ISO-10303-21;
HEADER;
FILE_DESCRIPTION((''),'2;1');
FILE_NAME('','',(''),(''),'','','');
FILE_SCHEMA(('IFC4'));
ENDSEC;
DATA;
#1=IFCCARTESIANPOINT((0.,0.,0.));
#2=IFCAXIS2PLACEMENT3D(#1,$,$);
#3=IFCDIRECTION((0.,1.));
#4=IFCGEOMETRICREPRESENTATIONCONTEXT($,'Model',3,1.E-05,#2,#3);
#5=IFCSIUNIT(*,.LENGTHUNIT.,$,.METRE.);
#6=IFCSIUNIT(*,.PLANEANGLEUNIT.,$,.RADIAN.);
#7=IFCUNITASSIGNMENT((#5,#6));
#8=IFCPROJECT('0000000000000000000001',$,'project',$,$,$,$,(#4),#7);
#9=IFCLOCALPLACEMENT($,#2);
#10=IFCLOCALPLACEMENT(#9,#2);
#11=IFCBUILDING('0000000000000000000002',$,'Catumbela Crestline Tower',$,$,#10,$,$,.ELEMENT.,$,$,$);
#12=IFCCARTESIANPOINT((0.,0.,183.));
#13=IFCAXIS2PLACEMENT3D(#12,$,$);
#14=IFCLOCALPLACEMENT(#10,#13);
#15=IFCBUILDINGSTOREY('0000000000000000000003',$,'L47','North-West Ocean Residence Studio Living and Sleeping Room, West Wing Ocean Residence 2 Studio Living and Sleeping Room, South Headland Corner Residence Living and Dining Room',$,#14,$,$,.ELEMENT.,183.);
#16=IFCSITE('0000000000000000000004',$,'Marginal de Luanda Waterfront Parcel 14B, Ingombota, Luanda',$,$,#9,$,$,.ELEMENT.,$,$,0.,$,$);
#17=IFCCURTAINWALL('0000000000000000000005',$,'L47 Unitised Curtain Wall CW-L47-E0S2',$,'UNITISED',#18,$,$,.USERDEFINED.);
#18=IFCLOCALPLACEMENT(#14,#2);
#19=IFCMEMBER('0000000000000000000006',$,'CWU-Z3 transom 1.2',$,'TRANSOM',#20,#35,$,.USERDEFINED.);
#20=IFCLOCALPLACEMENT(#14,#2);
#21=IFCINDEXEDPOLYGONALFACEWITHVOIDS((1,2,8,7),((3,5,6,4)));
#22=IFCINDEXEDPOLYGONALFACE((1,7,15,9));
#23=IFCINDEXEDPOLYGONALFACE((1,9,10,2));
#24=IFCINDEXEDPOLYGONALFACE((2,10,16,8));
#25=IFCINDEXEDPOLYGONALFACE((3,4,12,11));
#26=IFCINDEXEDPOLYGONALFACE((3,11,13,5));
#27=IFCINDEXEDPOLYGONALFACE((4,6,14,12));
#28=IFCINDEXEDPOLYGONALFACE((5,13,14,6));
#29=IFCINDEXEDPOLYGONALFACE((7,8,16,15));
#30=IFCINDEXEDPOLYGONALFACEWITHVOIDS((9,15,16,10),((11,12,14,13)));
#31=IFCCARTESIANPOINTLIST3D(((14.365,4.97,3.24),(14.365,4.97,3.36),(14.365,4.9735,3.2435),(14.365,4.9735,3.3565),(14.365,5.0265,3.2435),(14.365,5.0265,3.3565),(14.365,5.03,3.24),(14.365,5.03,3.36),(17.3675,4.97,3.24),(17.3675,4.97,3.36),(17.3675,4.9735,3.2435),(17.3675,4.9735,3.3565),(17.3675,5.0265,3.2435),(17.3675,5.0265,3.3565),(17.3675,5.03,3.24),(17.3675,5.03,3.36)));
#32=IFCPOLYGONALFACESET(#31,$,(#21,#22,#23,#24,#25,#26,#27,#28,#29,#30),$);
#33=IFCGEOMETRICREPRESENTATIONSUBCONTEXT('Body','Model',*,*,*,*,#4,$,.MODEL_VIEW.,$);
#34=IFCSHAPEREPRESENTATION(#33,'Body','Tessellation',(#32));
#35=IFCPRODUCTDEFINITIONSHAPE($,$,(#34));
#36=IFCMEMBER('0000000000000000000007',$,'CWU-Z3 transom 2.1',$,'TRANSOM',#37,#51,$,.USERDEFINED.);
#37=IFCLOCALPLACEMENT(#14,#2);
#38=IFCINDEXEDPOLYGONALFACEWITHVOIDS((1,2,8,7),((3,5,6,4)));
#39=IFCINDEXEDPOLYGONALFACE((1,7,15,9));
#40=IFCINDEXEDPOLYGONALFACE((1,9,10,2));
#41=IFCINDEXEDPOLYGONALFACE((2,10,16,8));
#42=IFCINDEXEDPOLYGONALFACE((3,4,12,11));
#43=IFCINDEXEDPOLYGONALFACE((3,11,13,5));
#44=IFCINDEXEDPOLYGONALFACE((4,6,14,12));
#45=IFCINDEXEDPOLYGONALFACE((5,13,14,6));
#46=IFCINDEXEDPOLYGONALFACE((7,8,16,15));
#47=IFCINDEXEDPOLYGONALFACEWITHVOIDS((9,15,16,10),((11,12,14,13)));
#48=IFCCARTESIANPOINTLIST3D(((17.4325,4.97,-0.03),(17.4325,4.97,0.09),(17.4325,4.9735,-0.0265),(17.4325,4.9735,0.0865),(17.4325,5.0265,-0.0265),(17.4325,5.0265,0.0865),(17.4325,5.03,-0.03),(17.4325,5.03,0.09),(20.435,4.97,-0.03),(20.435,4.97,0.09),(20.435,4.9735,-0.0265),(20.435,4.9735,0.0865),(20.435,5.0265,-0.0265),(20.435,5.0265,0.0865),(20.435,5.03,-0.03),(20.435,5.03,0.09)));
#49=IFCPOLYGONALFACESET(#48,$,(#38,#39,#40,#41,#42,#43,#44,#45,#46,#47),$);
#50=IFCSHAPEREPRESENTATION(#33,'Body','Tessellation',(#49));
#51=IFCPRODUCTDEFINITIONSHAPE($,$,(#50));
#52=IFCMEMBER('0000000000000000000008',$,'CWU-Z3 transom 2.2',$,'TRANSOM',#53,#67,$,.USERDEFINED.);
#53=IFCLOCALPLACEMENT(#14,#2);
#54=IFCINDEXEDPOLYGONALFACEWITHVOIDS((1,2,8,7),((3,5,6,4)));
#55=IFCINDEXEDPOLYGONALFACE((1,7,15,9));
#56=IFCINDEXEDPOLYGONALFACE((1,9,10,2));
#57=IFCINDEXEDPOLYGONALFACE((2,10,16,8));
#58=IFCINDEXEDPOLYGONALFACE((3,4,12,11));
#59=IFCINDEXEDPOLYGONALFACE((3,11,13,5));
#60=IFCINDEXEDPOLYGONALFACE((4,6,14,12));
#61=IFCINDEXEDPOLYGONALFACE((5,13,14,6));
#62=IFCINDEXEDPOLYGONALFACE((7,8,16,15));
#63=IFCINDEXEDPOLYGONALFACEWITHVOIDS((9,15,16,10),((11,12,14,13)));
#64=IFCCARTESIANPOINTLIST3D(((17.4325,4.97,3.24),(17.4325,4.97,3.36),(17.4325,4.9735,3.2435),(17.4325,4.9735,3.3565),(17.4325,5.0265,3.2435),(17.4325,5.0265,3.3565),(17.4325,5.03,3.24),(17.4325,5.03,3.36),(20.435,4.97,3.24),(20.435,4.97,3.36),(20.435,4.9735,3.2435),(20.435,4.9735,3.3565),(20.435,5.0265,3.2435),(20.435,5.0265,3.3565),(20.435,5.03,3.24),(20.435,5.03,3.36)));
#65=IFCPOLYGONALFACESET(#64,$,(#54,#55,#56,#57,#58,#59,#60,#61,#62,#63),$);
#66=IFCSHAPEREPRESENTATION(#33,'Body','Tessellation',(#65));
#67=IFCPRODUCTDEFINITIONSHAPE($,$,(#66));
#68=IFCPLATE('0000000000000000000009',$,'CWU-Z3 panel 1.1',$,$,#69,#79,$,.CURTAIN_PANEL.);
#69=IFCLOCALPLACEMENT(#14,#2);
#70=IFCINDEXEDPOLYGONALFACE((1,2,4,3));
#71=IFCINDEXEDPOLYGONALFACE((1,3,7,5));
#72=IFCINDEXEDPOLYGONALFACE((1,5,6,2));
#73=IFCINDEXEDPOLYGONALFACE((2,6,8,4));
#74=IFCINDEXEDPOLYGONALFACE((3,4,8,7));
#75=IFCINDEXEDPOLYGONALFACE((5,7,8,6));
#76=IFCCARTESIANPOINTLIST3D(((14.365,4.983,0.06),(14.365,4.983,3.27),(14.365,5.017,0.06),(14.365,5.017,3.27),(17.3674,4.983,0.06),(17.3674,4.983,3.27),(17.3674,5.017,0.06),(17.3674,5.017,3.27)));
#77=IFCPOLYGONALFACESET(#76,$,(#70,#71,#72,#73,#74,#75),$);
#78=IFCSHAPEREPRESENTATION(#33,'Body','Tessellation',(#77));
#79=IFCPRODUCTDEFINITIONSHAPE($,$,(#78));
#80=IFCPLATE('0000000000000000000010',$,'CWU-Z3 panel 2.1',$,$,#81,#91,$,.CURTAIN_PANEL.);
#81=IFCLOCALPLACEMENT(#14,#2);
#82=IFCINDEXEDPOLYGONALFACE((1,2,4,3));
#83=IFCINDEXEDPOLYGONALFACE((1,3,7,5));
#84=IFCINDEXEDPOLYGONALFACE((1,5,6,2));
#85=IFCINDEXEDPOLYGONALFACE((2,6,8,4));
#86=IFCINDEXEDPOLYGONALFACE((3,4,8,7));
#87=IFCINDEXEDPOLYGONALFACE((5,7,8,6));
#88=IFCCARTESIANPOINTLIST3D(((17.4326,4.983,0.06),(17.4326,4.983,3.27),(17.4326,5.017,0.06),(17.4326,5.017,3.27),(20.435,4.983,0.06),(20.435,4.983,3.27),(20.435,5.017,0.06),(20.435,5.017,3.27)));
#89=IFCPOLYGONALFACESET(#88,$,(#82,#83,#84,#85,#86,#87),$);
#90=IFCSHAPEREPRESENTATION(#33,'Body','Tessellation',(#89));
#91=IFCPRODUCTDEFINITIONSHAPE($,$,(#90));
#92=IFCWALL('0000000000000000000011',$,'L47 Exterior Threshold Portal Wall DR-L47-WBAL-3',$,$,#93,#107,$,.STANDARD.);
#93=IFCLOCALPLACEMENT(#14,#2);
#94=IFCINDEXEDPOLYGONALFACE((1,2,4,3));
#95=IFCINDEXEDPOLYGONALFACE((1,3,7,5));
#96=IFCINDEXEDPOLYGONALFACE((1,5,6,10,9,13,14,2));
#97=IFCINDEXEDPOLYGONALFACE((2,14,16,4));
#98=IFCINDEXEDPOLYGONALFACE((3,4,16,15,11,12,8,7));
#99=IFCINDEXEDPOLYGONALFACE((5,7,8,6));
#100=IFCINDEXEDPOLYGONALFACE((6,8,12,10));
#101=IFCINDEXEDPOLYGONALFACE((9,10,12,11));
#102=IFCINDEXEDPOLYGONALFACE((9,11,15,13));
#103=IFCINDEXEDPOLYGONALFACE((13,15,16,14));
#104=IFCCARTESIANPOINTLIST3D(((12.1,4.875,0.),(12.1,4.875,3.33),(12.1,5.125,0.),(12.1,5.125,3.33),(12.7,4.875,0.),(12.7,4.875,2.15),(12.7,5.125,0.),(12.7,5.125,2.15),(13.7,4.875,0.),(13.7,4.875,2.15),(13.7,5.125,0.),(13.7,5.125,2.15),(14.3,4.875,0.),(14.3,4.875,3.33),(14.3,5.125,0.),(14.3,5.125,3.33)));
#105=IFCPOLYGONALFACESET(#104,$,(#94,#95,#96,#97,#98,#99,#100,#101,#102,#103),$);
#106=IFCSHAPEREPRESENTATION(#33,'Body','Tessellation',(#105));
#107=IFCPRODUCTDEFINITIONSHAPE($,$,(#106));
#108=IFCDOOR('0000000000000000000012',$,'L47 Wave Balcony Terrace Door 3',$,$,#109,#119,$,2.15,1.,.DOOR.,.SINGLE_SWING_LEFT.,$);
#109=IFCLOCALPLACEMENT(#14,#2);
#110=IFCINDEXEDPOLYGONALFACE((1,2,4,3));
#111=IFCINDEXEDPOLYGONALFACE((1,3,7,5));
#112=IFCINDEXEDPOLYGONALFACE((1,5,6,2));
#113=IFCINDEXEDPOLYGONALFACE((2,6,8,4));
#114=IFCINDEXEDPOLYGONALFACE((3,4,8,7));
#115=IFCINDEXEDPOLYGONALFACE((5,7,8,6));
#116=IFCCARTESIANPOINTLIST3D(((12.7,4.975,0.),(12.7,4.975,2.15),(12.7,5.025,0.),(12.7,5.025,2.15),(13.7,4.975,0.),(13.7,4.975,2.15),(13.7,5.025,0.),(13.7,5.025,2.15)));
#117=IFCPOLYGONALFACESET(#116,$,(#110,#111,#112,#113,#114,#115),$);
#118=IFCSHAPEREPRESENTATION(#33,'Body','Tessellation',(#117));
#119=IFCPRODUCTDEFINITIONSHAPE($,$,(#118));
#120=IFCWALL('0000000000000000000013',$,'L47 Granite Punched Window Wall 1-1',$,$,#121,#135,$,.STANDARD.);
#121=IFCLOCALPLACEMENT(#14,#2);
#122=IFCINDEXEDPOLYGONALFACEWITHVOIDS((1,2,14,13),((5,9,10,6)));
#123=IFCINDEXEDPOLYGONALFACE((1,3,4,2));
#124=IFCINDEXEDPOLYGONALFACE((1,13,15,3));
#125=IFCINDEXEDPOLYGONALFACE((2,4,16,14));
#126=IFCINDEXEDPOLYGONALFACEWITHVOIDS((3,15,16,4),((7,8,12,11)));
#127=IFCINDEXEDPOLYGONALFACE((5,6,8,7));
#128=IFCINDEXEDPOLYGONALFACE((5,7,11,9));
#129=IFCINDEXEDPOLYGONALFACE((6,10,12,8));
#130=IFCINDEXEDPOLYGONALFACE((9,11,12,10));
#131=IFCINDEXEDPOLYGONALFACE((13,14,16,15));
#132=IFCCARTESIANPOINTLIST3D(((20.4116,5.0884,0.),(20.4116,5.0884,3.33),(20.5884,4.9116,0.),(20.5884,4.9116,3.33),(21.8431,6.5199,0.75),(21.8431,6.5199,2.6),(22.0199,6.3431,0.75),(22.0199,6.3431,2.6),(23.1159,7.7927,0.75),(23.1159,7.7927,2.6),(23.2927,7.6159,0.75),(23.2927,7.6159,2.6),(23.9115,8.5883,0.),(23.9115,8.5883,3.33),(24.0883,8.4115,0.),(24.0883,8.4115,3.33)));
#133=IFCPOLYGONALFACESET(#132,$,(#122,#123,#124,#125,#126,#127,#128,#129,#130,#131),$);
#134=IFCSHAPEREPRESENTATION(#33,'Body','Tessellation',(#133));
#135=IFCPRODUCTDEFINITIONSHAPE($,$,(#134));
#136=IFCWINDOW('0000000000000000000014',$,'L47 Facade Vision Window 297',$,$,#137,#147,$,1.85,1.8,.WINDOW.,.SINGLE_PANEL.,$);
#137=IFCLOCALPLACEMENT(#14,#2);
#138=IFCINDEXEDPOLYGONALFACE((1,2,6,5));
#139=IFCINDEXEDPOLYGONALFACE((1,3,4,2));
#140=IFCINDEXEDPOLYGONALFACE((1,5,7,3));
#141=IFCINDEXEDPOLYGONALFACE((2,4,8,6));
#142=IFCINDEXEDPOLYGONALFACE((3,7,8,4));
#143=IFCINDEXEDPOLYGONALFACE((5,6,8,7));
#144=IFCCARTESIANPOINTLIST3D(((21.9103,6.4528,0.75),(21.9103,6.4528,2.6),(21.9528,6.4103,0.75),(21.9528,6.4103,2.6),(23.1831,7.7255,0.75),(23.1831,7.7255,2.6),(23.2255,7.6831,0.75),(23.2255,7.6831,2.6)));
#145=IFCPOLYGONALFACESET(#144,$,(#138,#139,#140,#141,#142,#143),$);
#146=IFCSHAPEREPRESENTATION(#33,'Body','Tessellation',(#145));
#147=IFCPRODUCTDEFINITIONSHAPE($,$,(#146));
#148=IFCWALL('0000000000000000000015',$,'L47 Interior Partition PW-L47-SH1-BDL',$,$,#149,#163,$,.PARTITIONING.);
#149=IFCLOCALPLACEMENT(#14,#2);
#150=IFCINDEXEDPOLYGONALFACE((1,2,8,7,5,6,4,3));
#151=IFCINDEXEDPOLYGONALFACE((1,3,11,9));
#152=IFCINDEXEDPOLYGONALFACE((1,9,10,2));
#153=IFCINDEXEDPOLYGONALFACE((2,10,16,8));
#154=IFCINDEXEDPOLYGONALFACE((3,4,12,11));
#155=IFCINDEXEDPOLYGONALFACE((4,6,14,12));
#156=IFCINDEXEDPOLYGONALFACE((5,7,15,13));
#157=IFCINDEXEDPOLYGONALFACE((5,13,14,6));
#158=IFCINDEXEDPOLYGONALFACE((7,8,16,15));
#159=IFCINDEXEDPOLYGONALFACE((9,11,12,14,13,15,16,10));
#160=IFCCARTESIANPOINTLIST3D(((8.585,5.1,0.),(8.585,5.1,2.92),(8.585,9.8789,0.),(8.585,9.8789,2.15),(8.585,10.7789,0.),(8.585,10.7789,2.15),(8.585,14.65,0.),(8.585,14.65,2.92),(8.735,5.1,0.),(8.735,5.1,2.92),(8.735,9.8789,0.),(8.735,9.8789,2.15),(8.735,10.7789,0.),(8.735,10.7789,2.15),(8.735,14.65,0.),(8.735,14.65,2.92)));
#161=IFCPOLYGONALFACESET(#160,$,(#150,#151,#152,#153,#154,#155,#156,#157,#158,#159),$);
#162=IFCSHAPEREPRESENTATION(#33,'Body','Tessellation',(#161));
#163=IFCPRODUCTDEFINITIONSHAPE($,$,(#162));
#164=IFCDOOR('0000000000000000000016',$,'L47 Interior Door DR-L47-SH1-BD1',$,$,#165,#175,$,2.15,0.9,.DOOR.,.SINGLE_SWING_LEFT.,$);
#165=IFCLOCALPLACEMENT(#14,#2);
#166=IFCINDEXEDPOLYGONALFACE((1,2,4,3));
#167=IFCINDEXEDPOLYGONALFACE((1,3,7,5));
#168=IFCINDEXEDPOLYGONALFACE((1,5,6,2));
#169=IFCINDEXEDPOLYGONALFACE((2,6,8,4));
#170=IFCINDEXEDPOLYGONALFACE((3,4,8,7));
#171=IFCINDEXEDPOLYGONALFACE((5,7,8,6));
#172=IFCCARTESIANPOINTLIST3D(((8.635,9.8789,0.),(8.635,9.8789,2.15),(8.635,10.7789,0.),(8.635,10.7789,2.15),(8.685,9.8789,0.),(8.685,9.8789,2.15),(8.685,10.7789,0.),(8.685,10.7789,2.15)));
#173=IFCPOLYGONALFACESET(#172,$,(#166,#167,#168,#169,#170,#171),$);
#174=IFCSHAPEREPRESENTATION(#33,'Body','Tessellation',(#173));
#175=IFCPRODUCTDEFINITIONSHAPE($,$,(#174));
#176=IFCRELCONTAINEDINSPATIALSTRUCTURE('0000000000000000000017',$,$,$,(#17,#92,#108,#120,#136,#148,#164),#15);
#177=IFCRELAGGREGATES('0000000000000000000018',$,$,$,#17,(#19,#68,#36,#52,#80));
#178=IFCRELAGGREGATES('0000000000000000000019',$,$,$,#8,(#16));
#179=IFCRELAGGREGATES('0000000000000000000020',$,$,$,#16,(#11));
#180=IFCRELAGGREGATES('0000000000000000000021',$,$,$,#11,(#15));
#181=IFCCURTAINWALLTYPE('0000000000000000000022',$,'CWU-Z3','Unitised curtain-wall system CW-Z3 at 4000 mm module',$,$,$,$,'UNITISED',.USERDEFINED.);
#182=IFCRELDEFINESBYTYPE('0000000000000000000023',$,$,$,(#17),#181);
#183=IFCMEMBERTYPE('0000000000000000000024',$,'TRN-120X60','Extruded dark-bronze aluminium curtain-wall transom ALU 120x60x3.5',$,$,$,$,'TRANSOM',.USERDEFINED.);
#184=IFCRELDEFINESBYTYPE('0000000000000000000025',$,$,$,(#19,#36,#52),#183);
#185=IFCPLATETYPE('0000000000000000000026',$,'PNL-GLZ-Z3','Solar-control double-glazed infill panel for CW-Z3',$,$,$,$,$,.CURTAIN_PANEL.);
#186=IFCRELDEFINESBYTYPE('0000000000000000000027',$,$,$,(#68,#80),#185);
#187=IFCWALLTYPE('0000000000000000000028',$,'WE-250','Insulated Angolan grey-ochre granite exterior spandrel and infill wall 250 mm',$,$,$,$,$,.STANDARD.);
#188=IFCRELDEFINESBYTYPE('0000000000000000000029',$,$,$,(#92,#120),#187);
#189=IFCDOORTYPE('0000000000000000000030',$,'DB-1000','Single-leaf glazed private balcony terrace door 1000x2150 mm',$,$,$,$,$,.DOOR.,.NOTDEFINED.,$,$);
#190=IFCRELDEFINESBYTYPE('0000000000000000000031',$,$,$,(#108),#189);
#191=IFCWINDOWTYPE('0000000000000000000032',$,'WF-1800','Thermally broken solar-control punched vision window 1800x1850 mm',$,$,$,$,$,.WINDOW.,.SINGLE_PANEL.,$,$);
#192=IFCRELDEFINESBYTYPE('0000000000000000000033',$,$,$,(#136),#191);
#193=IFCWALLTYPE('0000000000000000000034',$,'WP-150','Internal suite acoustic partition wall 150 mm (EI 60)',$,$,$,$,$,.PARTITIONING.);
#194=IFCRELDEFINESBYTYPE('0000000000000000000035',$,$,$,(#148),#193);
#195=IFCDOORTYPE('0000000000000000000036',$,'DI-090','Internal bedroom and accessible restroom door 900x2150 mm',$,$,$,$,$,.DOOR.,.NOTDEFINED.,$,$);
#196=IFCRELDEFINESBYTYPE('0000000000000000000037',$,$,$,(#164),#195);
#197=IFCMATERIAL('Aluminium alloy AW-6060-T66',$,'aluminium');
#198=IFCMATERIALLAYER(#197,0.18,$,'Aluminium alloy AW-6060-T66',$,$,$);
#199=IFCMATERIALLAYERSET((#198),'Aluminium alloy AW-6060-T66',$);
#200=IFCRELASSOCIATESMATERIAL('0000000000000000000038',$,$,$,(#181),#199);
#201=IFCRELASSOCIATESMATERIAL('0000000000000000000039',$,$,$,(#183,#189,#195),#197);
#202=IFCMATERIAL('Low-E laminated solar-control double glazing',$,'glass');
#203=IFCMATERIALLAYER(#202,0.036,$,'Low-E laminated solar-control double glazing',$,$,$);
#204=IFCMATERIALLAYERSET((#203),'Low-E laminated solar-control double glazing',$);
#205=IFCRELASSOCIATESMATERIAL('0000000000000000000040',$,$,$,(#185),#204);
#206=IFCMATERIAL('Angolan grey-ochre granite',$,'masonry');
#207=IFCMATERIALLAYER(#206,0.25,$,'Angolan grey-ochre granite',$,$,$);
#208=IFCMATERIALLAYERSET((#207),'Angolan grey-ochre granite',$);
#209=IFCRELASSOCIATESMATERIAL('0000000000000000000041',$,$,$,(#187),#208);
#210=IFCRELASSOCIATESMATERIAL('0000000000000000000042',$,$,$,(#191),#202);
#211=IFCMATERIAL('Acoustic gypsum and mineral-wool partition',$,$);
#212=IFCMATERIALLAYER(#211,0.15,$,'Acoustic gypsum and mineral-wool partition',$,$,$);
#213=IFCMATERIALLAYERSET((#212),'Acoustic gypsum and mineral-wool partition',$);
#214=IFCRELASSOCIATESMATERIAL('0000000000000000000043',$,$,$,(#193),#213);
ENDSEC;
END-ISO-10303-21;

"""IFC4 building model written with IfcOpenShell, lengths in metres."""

from ifc_helpers import new_model, si_unit, direction, frame, frame_2d, origin, origin_2d, place, context, subcontext, project, spatial, rectangle, hollow_rectangle, extrude, material, layer, layer_set, material_profile, profile_set, type_object, element, fill, aggregate, save


model = new_model("IFC4")

# Units and contexts
model_context = context("Model", 3, precision=1e-05, world=origin(), true_north=direction((0.0, 1.0)))
body_context = subcontext(model_context, "Body", "Model", "MODEL_VIEW")
ifc_project = project(units=[si_unit("LENGTHUNIT", "METRE"), si_unit("PLANEANGLEUNIT", "RADIAN")], contexts=[model_context])

# Site, building, storey
site_placement = place(None, origin())
site = spatial("IfcSite", under=ifc_project, at=site_placement, Name="Marginal de Luanda Waterfront Parcel 14B, Ingombota, Luanda", CompositionType="ELEMENT", RefElevation=0.0)
building_placement = place(site_placement, origin())
building = spatial("IfcBuilding", under=site, at=building_placement, Name="Catumbela Crestline Tower", CompositionType="ELEMENT")
storey_placement = place(building_placement, frame((0.0, 0.0, 183.0)))
storey = spatial("IfcBuildingStorey", under=building, at=storey_placement, Name="L47", Description="North-West Ocean Residence Studio Living and Sleeping Room, West Wing Ocean Residence 2 Studio Living and Sleeping Room, South Headland Corner Residence Living and Dining Room", CompositionType="ELEMENT", Elevation=183.0)

# Curtain wall, members, plates
ifc_material_1 = material(Name="Aluminium alloy AW-6060-T66", Category="aluminium")
ifc_layer_1 = layer(ifc_material_1, 0.18, Name="Aluminium alloy AW-6060-T66")
ifc_layer_set_1 = layer_set([ifc_layer_1], Name="Aluminium alloy AW-6060-T66")
curtain_wall_type = type_object("IfcCurtainWallType", Name="CWU-Z3", Description="Unitised curtain-wall system CW-Z3 at 4000 mm module", ElementType="UNITISED", PredefinedType="USERDEFINED", material=ifc_layer_set_1)
curtain_wall_placement = place(storey_placement, origin())
curtain_wall = element("IfcCurtainWall", 1, at=curtain_wall_placement, inside=storey, type_object=curtain_wall_type, Name="L47 Unitised Curtain Wall CW-L47-E0S2", ObjectType="UNITISED", PredefinedType="USERDEFINED")
ifc_material_profile_1 = material_profile(ifc_material_1, hollow_rectangle(XDim=0.06, YDim=0.12, WallThickness=0.0035, at=origin_2d()), Name="ALU 120x60x3.5")
ifc_profile_set_1 = profile_set([ifc_material_profile_1], Name="Aluminium alloy AW-6060-T66")
member_type_1 = type_object("IfcMemberType", Name="TRN-120X60", Description="Extruded dark-bronze aluminium curtain-wall transom ALU 120x60x3.5", ElementType="TRANSOM", PredefinedType="USERDEFINED", material=ifc_profile_set_1)
member_1_placement = place(storey_placement, frame((14.365, 5.0, 3.3), z_axis=(1.0, 0.0, 0.0), x_axis=(0.0, 1.0, 0.0)))
member_1 = element("IfcMember", 2, at=member_1_placement, type_object=member_type_1, Name="CWU-Z3 transom 1.2", ObjectType="TRANSOM", PredefinedType="USERDEFINED", context=body_context, shape_type="SweptSolid", body=[
    extrude(hollow_rectangle(XDim=0.06, YDim=0.12, WallThickness=0.0035, at=origin_2d()), origin(), (0.0, 0.0, 1.0), 3.0025),
])
member_2_placement = place(storey_placement, frame((17.4325, 5.0, 0.03), z_axis=(1.0, 0.0, 0.0), x_axis=(0.0, 1.0, 0.0)))
member_2 = element("IfcMember", 3, at=member_2_placement, type_object=member_type_1, Name="CWU-Z3 transom 2.1", ObjectType="TRANSOM", PredefinedType="USERDEFINED", context=body_context, shape_type="SweptSolid", body=[
    extrude(hollow_rectangle(XDim=0.06, YDim=0.12, WallThickness=0.0035, at=origin_2d()), origin(), (0.0, 0.0, 1.0), 3.0025),
])
member_3_placement = place(storey_placement, frame((17.4325, 5.0, 3.3), z_axis=(1.0, 0.0, 0.0), x_axis=(0.0, 1.0, 0.0)))
member_3 = element("IfcMember", 4, at=member_3_placement, type_object=member_type_1, Name="CWU-Z3 transom 2.2", ObjectType="TRANSOM", PredefinedType="USERDEFINED", context=body_context, shape_type="SweptSolid", body=[
    extrude(hollow_rectangle(XDim=0.06, YDim=0.12, WallThickness=0.0035, at=origin_2d()), origin(), (0.0, 0.0, 1.0), 3.0025),
])
ifc_material_2 = material(Name="Low-E laminated solar-control double glazing", Category="glass")
ifc_layer_2 = layer(ifc_material_2, 0.036, Name="Low-E laminated solar-control double glazing")
ifc_layer_set_2 = layer_set([ifc_layer_2], Name="Low-E laminated solar-control double glazing")
plate_type = type_object("IfcPlateType", Name="PNL-GLZ-Z3", Description="Solar-control double-glazed infill panel for CW-Z3", PredefinedType="CURTAIN_PANEL", material=ifc_layer_set_2)
plate_1_placement = place(storey_placement, frame((15.8662, 5.0, 0.06), z_axis=(0.0, 0.0, 1.0), x_axis=(1.0, 0.0, 0.0)))
plate_1 = element("IfcPlate", 5, at=plate_1_placement, type_object=plate_type, Name="CWU-Z3 panel 1.1", PredefinedType="CURTAIN_PANEL", context=body_context, shape_type="SweptSolid", body=[
    extrude(rectangle(XDim=3.0025, YDim=0.034, at=origin_2d()), origin(), (0.0, 0.0, 1.0), 3.21),
])
plate_2_placement = place(storey_placement, frame((18.9338, 5.0, 0.06), z_axis=(0.0, 0.0, 1.0), x_axis=(1.0, 0.0, 0.0)))
plate_2 = element("IfcPlate", 6, at=plate_2_placement, type_object=plate_type, Name="CWU-Z3 panel 2.1", PredefinedType="CURTAIN_PANEL", context=body_context, shape_type="SweptSolid", body=[
    extrude(rectangle(XDim=3.0025, YDim=0.034, at=origin_2d()), origin(), (0.0, 0.0, 1.0), 3.21),
])
aggregate(curtain_wall, [member_1, plate_1, member_2, member_3, plate_2])

# Wall, opening, door
ifc_material_3 = material(Name="Angolan grey-ochre granite", Category="masonry")
ifc_layer_3 = layer(ifc_material_3, 0.25, Name="Angolan grey-ochre granite")
ifc_layer_set_3 = layer_set([ifc_layer_3], Name="Angolan grey-ochre granite")
wall_type_1 = type_object("IfcWallType", Name="WE-250", Description="Insulated Angolan grey-ochre granite exterior spandrel and infill wall 250 mm", PredefinedType="STANDARD", material=ifc_layer_set_3)
wall_1_placement = place(storey_placement, frame((12.1, 5.0, 0.0), z_axis=(0.0, 0.0, 1.0), x_axis=(1.0, 0.0, 0.0)))
wall_1 = element("IfcWall", 7, at=wall_1_placement, inside=storey, type_object=wall_type_1, Name="L47 Exterior Threshold Portal Wall DR-L47-WBAL-3", PredefinedType="STANDARD", context=body_context, shape_type="SweptSolid", body=[
    extrude(rectangle(XDim=2.2, YDim=0.25, at=frame_2d((1.1, 0.0))), origin(), (0.0, 0.0, 1.0), 3.33),
])
opening_1_placement = place(wall_1_placement, frame((0.6, 0.0, 0.0)))
opening_1 = element("IfcOpeningElement", 8, at=opening_1_placement, cuts=wall_1, PredefinedType="OPENING", context=body_context, shape_type="SweptSolid", body=[
    extrude(rectangle(XDim=1.0, YDim=2.15, at=frame_2d((0.5, 1.075))), frame((0.0, 0.135, 0.0), z_axis=(0.0, -1.0, 0.0), x_axis=(1.0, 0.0, 0.0)), (0.0, 0.0, 1.0), 0.27),
])
door_type_1 = type_object("IfcDoorType", Name="DB-1000", Description="Single-leaf glazed private balcony terrace door 1000x2150 mm", OperationType="NOTDEFINED", PredefinedType="DOOR", material=ifc_material_1)
door_1_placement = place(opening_1_placement, origin())
door_1 = element("IfcDoor", 9, at=door_1_placement, inside=storey, type_object=door_type_1, Name="L47 Wave Balcony Terrace Door 3", OperationType="SINGLE_SWING_LEFT", OverallHeight=2.15, OverallWidth=1.0, PredefinedType="DOOR", context=body_context, shape_type="SweptSolid", body=[
    extrude(rectangle(XDim=1.0, YDim=2.15, at=frame_2d((0.5, 1.075))), frame((0.0, 0.025, 0.0), z_axis=(0.0, -1.0, 0.0), x_axis=(1.0, 0.0, 0.0)), (0.0, 0.0, 1.0), 0.05),
])
fill(opening_1, door_1)

# Wall, opening, window
wall_2_placement = place(storey_placement, frame((20.5, 5.0, 0.0), z_axis=(0.0, 0.0, 1.0), x_axis=(0.707107, 0.707107, 0.0)))
wall_2 = element("IfcWall", 10, at=wall_2_placement, inside=storey, type_object=wall_type_1, Name="L47 Granite Punched Window Wall 1-1", PredefinedType="STANDARD", context=body_context, shape_type="SweptSolid", body=[
    extrude(rectangle(XDim=4.9497, YDim=0.25, at=frame_2d((2.4748, 0.0))), origin(), (0.0, 0.0, 1.0), 3.33),
])
opening_2_placement = place(wall_2_placement, frame((2.0245, 0.0, 0.75)))
opening_2 = element("IfcOpeningElement", 11, at=opening_2_placement, cuts=wall_2, PredefinedType="OPENING", context=body_context, shape_type="SweptSolid", body=[
    extrude(rectangle(XDim=1.8, YDim=1.85, at=frame_2d((0.9, 0.925))), frame((0.0, 0.135, 0.0), z_axis=(0.0, -1.0, 0.0), x_axis=(1.0, 0.0, 0.0)), (0.0, 0.0, 1.0), 0.27),
])
window_type = type_object("IfcWindowType", Name="WF-1800", Description="Thermally broken solar-control punched vision window 1800x1850 mm", PartitioningType="SINGLE_PANEL", PredefinedType="WINDOW", material=ifc_material_2)
window_placement = place(opening_2_placement, origin())
window = element("IfcWindow", 12, at=window_placement, inside=storey, type_object=window_type, Name="L47 Facade Vision Window 297", OverallHeight=1.85, OverallWidth=1.8, PartitioningType="SINGLE_PANEL", PredefinedType="WINDOW", context=body_context, shape_type="SweptSolid", body=[
    extrude(rectangle(XDim=1.8, YDim=1.85, at=frame_2d((0.9, 0.925))), frame((0.0, 0.03, 0.0), z_axis=(0.0, -1.0, 0.0), x_axis=(1.0, 0.0, 0.0)), (0.0, 0.0, 1.0), 0.06),
])
fill(opening_2, window)

# Wall, opening, door
ifc_material_4 = material(Name="Acoustic gypsum and mineral-wool partition")
ifc_layer_4 = layer(ifc_material_4, 0.15, Name="Acoustic gypsum and mineral-wool partition")
ifc_layer_set_4 = layer_set([ifc_layer_4], Name="Acoustic gypsum and mineral-wool partition")
wall_type_2 = type_object("IfcWallType", Name="WP-150", Description="Internal suite acoustic partition wall 150 mm (EI 60)", PredefinedType="PARTITIONING", material=ifc_layer_set_4)
wall_3_placement = place(storey_placement, frame((8.66, 5.1, 0.0), z_axis=(0.0, 0.0, 1.0), x_axis=(0.0, 1.0, 0.0)))
wall_3 = element("IfcWall", 13, at=wall_3_placement, inside=storey, type_object=wall_type_2, Name="L47 Interior Partition PW-L47-SH1-BDL", PredefinedType="PARTITIONING", context=body_context, shape_type="SweptSolid", body=[
    extrude(rectangle(XDim=9.55, YDim=0.15, at=frame_2d((4.775, 0.0))), origin(), (0.0, 0.0, 1.0), 2.92),
])
opening_3_placement = place(wall_3_placement, frame((4.7789, 0.0, 0.0)))
opening_3 = element("IfcOpeningElement", 14, at=opening_3_placement, cuts=wall_3, PredefinedType="OPENING", context=body_context, shape_type="SweptSolid", body=[
    extrude(rectangle(XDim=0.9, YDim=2.15, at=frame_2d((0.45, 1.075))), frame((0.0, 0.085, 0.0), z_axis=(0.0, -1.0, 0.0), x_axis=(1.0, 0.0, 0.0)), (0.0, 0.0, 1.0), 0.17),
])
door_type_2 = type_object("IfcDoorType", Name="DI-090", Description="Internal bedroom and accessible restroom door 900x2150 mm", OperationType="NOTDEFINED", PredefinedType="DOOR", material=ifc_material_1)
door_2_placement = place(opening_3_placement, origin())
door_2 = element("IfcDoor", 15, at=door_2_placement, inside=storey, type_object=door_type_2, Name="L47 Interior Door DR-L47-SH1-BD1", OperationType="SINGLE_SWING_LEFT", OverallHeight=2.15, OverallWidth=0.9, PredefinedType="DOOR", context=body_context, shape_type="SweptSolid", body=[
    extrude(rectangle(XDim=0.9, YDim=2.15, at=frame_2d((0.45, 1.075))), frame((0.0, 0.025, 0.0), z_axis=(0.0, -1.0, 0.0), x_axis=(1.0, 0.0, 0.0)), (0.0, 0.0, 1.0), 0.05),
])
fill(opening_3, door_2)

save(model, "model.ifc")
